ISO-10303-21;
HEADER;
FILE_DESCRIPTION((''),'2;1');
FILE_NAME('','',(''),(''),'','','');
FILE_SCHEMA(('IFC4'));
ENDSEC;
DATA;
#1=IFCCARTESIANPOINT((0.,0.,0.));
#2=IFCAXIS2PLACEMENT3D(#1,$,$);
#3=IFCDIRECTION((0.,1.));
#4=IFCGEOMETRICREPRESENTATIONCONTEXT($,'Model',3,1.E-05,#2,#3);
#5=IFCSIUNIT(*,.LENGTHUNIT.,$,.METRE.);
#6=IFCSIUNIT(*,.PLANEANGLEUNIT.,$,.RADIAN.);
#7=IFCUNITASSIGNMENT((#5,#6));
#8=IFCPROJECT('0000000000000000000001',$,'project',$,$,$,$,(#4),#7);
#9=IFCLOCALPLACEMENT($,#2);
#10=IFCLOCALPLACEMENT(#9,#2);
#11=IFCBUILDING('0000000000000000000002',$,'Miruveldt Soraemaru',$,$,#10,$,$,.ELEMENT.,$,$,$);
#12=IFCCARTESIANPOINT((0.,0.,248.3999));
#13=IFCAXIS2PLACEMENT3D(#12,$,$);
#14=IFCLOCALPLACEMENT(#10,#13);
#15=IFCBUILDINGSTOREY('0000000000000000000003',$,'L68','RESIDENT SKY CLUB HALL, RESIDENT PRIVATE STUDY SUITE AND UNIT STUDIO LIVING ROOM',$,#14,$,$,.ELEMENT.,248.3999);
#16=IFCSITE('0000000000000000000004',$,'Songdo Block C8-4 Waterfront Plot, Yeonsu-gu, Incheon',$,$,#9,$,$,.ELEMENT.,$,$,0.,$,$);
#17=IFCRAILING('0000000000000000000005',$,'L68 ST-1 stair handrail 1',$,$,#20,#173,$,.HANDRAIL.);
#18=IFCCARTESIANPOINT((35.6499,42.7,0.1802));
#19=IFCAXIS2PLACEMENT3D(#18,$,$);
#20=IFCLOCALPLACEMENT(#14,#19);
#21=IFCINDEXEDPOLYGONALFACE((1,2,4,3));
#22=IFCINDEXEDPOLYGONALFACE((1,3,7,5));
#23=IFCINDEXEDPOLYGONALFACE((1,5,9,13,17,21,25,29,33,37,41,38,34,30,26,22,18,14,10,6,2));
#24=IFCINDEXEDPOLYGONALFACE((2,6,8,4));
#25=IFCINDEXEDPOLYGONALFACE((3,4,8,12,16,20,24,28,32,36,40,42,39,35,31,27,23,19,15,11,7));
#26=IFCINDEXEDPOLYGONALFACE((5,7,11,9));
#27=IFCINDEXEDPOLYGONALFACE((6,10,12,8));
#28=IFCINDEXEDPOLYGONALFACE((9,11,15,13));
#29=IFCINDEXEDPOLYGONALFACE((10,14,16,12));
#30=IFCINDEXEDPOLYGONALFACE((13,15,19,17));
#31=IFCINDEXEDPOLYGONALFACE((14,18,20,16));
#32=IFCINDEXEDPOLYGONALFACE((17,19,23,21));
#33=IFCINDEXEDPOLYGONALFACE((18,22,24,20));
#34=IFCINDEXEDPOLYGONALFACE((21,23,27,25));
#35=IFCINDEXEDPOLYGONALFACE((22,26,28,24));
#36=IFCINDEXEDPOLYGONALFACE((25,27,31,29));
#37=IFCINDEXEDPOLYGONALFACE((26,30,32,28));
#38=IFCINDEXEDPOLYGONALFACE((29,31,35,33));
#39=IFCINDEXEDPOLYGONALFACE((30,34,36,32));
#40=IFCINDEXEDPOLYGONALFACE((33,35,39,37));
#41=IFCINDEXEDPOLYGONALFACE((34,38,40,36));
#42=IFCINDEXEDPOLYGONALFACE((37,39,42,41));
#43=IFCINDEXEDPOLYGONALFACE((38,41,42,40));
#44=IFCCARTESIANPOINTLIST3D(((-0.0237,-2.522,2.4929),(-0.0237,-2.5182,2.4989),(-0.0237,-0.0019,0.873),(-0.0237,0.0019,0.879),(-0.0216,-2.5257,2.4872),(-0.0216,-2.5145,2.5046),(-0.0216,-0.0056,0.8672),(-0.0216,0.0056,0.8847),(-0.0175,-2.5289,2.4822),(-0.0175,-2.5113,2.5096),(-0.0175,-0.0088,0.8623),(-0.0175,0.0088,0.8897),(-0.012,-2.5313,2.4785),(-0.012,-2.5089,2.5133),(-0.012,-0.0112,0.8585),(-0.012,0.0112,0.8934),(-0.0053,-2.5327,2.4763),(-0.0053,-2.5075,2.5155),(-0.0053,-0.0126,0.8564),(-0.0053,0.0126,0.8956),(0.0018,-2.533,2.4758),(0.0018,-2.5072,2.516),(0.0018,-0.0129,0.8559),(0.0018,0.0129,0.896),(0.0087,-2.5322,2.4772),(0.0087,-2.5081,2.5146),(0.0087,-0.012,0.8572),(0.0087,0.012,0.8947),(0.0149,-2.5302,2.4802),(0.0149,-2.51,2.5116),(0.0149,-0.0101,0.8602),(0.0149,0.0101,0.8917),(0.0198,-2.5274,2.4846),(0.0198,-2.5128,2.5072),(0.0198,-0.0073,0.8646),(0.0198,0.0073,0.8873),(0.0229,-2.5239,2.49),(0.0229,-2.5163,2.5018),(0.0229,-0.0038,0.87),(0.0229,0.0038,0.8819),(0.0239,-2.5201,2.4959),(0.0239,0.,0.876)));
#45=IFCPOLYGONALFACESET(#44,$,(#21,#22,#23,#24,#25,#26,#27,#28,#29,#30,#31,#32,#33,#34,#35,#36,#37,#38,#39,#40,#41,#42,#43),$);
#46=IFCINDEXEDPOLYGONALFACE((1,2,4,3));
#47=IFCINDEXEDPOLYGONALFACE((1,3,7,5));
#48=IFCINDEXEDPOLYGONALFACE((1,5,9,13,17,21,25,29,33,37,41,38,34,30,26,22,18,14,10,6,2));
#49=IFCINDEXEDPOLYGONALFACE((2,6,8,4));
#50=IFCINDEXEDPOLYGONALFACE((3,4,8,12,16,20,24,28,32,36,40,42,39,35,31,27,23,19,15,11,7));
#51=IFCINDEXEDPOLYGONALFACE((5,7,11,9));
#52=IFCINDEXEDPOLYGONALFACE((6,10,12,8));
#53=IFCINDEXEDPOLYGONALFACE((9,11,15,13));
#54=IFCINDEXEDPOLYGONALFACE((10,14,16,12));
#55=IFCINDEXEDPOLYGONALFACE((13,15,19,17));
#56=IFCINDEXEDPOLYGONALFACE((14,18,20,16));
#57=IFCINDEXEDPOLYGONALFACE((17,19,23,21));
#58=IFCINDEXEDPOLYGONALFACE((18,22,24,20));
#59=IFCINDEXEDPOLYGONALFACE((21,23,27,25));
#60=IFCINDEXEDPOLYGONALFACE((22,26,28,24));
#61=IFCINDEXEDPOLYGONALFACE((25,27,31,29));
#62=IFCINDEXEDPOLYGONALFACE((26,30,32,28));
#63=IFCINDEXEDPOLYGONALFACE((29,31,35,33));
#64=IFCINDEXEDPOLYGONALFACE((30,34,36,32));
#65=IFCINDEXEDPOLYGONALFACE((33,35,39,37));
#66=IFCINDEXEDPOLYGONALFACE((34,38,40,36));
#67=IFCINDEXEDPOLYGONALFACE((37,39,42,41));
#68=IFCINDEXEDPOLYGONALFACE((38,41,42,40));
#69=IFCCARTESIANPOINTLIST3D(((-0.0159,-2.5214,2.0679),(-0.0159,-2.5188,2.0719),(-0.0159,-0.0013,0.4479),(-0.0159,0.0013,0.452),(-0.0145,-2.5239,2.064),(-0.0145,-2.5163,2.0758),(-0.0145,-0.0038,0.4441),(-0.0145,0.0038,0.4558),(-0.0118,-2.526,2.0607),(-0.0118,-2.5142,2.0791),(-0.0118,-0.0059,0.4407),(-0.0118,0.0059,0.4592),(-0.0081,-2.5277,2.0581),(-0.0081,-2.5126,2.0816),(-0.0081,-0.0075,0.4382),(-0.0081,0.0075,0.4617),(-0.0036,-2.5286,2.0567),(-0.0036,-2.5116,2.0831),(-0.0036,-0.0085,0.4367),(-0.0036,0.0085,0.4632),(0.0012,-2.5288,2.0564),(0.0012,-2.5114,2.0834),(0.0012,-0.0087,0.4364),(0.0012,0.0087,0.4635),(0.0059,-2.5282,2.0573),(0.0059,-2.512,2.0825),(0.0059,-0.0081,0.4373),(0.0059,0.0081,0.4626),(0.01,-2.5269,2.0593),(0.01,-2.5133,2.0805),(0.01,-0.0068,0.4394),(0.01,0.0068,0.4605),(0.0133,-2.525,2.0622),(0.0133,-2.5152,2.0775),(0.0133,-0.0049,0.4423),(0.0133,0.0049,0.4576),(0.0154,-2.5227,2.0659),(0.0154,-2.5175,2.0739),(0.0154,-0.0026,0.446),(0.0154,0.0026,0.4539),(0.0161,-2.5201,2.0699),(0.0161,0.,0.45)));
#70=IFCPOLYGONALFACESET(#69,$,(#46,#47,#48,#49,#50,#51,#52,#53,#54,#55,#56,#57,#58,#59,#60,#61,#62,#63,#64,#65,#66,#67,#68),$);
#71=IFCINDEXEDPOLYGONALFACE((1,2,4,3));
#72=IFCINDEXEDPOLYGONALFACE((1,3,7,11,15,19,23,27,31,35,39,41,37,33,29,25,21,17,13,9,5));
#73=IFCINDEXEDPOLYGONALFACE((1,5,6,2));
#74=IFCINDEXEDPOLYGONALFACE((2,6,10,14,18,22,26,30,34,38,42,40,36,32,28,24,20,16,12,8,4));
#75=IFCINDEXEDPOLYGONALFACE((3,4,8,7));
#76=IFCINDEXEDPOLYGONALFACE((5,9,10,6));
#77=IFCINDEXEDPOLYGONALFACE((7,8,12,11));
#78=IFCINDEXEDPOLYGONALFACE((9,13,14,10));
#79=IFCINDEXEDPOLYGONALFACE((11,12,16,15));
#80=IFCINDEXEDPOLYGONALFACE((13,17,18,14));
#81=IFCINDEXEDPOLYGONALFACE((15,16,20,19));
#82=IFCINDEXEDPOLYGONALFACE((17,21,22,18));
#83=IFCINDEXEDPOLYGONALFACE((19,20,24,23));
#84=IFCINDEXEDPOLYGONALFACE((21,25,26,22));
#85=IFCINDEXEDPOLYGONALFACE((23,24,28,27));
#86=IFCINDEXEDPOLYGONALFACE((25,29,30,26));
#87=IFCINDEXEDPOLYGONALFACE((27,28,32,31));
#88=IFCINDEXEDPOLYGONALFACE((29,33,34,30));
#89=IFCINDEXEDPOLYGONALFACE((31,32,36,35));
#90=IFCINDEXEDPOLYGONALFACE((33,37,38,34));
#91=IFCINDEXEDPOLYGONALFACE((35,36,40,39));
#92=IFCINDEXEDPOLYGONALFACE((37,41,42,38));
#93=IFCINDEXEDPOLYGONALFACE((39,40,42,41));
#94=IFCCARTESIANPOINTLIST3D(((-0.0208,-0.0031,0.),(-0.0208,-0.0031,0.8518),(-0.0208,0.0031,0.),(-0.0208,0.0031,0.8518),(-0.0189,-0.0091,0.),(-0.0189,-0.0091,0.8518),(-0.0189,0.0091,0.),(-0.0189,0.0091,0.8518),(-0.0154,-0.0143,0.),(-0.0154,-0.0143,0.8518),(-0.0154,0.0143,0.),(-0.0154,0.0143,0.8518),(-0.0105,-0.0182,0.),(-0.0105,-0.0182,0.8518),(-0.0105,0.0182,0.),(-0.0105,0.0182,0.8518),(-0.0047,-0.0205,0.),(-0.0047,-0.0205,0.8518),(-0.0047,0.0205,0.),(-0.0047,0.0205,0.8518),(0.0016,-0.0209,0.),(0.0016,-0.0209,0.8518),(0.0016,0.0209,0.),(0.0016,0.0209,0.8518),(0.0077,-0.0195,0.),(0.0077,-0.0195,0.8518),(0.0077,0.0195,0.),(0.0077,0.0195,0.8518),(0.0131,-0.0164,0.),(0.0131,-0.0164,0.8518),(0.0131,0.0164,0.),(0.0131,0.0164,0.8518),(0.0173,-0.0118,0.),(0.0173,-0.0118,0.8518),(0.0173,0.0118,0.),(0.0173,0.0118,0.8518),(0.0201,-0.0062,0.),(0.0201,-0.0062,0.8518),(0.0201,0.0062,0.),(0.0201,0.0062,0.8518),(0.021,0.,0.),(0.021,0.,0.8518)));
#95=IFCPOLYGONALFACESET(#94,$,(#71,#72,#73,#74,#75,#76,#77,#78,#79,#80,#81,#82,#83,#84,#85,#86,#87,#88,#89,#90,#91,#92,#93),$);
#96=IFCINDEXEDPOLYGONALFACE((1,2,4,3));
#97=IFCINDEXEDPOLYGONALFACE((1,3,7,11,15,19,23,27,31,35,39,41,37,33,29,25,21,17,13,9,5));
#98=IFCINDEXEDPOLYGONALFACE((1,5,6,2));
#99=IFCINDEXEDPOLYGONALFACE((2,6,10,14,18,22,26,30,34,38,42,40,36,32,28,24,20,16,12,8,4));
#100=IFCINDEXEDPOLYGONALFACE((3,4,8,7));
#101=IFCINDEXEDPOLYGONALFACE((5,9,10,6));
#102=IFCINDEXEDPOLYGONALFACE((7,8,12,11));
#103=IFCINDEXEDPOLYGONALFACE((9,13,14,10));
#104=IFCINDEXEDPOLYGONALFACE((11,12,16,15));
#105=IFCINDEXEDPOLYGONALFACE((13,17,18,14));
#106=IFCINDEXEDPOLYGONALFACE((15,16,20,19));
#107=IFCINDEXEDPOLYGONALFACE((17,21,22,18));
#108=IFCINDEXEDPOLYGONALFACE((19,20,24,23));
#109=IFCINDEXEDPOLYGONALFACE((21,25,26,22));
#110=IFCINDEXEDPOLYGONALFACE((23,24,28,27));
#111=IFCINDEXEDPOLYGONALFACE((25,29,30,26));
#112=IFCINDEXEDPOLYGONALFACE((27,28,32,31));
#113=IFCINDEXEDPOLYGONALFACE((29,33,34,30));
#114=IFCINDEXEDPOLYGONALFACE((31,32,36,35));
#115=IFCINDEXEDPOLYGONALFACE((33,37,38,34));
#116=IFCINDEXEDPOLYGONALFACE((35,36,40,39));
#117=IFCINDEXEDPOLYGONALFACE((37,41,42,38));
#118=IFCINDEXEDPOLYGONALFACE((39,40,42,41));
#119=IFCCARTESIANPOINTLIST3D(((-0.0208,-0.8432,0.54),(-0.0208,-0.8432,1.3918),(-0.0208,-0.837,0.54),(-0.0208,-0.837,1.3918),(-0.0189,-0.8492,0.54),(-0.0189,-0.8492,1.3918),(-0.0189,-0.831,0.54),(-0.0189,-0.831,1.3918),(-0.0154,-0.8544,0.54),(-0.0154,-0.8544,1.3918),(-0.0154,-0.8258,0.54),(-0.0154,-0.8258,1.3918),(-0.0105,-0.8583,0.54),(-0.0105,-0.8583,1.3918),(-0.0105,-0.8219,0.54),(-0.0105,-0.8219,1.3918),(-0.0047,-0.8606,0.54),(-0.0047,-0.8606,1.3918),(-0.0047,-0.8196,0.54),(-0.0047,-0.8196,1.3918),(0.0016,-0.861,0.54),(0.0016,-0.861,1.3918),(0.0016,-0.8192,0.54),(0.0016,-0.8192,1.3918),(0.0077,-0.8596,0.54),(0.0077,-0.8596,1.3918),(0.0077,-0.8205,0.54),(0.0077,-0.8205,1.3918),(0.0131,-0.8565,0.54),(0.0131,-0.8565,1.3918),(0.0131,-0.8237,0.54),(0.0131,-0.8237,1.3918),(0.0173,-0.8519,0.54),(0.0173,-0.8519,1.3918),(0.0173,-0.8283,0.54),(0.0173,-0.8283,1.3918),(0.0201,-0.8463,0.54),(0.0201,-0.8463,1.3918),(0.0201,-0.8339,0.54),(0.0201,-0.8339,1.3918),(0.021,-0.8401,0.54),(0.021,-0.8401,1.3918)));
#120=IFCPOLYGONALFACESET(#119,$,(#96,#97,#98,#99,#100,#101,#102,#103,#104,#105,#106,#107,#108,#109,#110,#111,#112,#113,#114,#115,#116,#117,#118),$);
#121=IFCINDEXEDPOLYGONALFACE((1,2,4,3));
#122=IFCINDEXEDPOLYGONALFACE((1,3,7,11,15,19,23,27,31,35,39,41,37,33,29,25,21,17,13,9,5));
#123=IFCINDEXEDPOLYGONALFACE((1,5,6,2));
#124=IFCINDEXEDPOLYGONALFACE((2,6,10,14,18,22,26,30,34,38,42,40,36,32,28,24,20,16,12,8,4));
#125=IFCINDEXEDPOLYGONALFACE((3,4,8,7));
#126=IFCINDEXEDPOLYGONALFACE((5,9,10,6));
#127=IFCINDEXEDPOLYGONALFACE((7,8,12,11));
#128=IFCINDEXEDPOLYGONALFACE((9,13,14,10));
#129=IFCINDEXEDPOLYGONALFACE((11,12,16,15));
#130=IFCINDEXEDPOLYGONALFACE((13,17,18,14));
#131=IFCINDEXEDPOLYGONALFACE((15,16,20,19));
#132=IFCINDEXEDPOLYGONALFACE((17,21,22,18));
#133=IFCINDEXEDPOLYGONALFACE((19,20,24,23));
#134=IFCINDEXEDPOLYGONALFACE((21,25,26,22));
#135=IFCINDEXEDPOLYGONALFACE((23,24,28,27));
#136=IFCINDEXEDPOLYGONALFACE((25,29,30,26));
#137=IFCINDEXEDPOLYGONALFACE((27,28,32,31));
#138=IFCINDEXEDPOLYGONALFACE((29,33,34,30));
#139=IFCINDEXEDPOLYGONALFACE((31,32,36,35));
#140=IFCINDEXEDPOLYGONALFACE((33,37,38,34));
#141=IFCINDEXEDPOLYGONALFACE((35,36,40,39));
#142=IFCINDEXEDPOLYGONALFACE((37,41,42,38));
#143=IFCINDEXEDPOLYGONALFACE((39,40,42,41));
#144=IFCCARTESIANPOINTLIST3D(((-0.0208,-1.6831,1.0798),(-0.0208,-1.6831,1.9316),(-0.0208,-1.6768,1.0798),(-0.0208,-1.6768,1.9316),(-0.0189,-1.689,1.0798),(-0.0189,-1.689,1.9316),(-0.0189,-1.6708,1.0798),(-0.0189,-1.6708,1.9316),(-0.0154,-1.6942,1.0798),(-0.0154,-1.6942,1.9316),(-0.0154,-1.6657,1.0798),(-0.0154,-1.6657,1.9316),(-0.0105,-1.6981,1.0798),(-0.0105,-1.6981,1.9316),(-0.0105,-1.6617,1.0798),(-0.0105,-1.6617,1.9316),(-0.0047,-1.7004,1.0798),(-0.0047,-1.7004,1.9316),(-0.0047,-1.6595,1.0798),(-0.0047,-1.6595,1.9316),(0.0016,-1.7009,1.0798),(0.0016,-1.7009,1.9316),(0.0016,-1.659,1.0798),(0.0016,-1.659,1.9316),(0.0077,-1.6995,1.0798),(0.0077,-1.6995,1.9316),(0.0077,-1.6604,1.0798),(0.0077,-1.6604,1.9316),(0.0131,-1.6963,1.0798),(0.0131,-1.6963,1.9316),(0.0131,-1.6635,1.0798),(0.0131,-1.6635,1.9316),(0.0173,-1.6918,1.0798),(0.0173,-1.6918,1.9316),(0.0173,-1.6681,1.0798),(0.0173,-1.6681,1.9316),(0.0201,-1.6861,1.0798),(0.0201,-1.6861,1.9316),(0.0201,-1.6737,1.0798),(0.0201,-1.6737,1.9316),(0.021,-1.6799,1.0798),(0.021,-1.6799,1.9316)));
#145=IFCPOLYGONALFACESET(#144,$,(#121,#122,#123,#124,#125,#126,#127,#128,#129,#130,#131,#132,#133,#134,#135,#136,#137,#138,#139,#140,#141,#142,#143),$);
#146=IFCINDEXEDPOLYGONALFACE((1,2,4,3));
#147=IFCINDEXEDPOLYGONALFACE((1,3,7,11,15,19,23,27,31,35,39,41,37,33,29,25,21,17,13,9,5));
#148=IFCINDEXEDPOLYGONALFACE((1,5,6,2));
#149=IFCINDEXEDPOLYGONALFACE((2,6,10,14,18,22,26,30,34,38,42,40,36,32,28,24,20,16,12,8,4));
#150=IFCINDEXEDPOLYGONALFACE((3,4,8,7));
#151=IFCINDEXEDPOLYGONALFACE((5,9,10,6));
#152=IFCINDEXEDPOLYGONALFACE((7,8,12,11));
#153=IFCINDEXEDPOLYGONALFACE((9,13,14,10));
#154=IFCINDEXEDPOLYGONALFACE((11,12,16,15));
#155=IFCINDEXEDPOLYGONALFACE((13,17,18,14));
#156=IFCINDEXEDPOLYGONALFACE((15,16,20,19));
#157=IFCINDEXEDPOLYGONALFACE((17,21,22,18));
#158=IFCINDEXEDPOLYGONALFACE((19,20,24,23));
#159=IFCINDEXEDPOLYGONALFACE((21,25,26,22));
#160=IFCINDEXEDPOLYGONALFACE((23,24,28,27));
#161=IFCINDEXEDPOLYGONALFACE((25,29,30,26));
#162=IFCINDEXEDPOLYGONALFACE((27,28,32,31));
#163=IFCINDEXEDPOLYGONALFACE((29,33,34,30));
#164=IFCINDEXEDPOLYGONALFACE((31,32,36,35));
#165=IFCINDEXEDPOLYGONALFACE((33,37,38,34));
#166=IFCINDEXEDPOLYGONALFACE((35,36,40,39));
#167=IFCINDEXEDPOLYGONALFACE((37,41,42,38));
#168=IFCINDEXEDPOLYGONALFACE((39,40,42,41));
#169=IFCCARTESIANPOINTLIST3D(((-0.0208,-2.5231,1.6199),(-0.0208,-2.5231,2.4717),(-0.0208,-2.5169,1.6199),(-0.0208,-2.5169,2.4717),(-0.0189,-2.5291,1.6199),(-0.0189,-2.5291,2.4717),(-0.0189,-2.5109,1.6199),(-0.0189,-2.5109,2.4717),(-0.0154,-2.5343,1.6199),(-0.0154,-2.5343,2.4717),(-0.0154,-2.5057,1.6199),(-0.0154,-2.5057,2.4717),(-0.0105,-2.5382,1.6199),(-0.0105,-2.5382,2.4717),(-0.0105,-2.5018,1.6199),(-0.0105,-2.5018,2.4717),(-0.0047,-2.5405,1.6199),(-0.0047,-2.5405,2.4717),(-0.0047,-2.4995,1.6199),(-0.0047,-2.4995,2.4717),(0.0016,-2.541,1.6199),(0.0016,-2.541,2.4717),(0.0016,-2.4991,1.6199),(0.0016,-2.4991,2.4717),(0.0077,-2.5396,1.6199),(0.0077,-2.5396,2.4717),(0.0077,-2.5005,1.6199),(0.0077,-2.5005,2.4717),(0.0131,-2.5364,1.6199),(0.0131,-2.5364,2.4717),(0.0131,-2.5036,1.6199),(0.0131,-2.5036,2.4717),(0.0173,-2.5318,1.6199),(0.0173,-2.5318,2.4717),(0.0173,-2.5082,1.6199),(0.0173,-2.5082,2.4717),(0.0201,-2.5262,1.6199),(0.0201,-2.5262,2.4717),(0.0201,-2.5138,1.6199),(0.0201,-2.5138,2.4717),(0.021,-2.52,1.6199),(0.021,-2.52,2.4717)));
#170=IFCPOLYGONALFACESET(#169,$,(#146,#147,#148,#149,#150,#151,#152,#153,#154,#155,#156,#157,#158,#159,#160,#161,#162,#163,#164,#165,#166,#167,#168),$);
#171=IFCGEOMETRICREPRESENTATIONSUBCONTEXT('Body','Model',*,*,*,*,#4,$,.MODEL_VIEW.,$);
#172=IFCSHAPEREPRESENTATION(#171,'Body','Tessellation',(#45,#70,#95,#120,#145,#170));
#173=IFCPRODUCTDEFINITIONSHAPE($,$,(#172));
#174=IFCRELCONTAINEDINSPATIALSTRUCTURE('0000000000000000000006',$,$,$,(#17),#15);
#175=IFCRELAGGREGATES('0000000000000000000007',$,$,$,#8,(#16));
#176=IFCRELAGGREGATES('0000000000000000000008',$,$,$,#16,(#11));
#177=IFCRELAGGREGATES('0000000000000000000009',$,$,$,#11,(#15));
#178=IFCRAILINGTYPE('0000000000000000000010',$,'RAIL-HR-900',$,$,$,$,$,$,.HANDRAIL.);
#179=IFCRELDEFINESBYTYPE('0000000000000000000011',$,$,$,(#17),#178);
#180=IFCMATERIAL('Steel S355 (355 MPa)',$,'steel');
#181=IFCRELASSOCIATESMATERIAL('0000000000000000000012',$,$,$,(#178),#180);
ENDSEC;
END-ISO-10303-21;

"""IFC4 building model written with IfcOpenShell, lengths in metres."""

from ifc_helpers import new_model, si_unit, direction, frame, origin, origin_2d, place, context, subcontext, project, spatial, circle, extrude, material, type_object, element, save


model = new_model("IFC4")

# Units and contexts
model_context = context("Model", 3, precision=1e-05, world=origin(), true_north=direction((0.0, 1.0)))
body_context = subcontext(model_context, "Body", "Model", "MODEL_VIEW")
ifc_project = project(units=[si_unit("LENGTHUNIT", "METRE"), si_unit("PLANEANGLEUNIT", "RADIAN")], contexts=[model_context])

# Site, building, storey
site_placement = place(None, origin())
site = spatial("IfcSite", under=ifc_project, at=site_placement, Name="Songdo Block C8-4 Waterfront Plot, Yeonsu-gu, Incheon", CompositionType="ELEMENT", RefElevation=0.0)
building_placement = place(site_placement, origin())
building = spatial("IfcBuilding", under=site, at=building_placement, Name="Miruveldt Soraemaru", CompositionType="ELEMENT")
storey_placement = place(building_placement, frame((0.0, 0.0, 248.3999)))
storey = spatial("IfcBuildingStorey", under=building, at=storey_placement, Name="L68", Description="RESIDENT SKY CLUB HALL, RESIDENT PRIVATE STUDY SUITE AND UNIT STUDIO LIVING ROOM", CompositionType="ELEMENT", Elevation=248.3999)

# Railing
ifc_material_1 = material(Name="Steel S355 (355 MPa)", Category="steel")
railing_type_1 = type_object("IfcRailingType", Name="RAIL-HR-900", PredefinedType="HANDRAIL", material=ifc_material_1)
railing_1_placement = place(storey_placement, frame((35.6499, 42.7, 0.1802)))
element("IfcRailing", 1, at=railing_1_placement, inside=storey, type_object=railing_type_1, Name="L68 ST-1 stair handrail 1", PredefinedType="HANDRAIL", context=body_context, shape_type="SweptSolid", body=[
    extrude(circle(Radius=0.0239, at=origin_2d()), frame((0.0, 0.0, 0.876), z_axis=(0.0, -0.8412, 0.540725), x_axis=(1.0, 0.0, 0.0)), (0.0, 0.0, 1.0), 2.9958),
    extrude(circle(Radius=0.0161, at=origin_2d()), frame((0.0, 0.0, 0.45), z_axis=(0.0, -0.8412, 0.540725), x_axis=(1.0, 0.0, 0.0)), (0.0, 0.0, 1.0), 2.9958),
    extrude(circle(Radius=0.021, at=origin_2d()), origin(), (0.0, 0.0, 1.0), 0.8518),
    extrude(circle(Radius=0.021, at=origin_2d()), frame((0.0, -0.8401, 0.54)), (0.0, 0.0, 1.0), 0.8518),
    extrude(circle(Radius=0.021, at=origin_2d()), frame((0.0, -1.6799, 1.0798)), (0.0, 0.0, 1.0), 0.8518),
    extrude(circle(Radius=0.021, at=origin_2d()), frame((0.0, -2.52, 1.6199)), (0.0, 0.0, 1.0), 0.8518),
])

save(model, "model.ifc")
